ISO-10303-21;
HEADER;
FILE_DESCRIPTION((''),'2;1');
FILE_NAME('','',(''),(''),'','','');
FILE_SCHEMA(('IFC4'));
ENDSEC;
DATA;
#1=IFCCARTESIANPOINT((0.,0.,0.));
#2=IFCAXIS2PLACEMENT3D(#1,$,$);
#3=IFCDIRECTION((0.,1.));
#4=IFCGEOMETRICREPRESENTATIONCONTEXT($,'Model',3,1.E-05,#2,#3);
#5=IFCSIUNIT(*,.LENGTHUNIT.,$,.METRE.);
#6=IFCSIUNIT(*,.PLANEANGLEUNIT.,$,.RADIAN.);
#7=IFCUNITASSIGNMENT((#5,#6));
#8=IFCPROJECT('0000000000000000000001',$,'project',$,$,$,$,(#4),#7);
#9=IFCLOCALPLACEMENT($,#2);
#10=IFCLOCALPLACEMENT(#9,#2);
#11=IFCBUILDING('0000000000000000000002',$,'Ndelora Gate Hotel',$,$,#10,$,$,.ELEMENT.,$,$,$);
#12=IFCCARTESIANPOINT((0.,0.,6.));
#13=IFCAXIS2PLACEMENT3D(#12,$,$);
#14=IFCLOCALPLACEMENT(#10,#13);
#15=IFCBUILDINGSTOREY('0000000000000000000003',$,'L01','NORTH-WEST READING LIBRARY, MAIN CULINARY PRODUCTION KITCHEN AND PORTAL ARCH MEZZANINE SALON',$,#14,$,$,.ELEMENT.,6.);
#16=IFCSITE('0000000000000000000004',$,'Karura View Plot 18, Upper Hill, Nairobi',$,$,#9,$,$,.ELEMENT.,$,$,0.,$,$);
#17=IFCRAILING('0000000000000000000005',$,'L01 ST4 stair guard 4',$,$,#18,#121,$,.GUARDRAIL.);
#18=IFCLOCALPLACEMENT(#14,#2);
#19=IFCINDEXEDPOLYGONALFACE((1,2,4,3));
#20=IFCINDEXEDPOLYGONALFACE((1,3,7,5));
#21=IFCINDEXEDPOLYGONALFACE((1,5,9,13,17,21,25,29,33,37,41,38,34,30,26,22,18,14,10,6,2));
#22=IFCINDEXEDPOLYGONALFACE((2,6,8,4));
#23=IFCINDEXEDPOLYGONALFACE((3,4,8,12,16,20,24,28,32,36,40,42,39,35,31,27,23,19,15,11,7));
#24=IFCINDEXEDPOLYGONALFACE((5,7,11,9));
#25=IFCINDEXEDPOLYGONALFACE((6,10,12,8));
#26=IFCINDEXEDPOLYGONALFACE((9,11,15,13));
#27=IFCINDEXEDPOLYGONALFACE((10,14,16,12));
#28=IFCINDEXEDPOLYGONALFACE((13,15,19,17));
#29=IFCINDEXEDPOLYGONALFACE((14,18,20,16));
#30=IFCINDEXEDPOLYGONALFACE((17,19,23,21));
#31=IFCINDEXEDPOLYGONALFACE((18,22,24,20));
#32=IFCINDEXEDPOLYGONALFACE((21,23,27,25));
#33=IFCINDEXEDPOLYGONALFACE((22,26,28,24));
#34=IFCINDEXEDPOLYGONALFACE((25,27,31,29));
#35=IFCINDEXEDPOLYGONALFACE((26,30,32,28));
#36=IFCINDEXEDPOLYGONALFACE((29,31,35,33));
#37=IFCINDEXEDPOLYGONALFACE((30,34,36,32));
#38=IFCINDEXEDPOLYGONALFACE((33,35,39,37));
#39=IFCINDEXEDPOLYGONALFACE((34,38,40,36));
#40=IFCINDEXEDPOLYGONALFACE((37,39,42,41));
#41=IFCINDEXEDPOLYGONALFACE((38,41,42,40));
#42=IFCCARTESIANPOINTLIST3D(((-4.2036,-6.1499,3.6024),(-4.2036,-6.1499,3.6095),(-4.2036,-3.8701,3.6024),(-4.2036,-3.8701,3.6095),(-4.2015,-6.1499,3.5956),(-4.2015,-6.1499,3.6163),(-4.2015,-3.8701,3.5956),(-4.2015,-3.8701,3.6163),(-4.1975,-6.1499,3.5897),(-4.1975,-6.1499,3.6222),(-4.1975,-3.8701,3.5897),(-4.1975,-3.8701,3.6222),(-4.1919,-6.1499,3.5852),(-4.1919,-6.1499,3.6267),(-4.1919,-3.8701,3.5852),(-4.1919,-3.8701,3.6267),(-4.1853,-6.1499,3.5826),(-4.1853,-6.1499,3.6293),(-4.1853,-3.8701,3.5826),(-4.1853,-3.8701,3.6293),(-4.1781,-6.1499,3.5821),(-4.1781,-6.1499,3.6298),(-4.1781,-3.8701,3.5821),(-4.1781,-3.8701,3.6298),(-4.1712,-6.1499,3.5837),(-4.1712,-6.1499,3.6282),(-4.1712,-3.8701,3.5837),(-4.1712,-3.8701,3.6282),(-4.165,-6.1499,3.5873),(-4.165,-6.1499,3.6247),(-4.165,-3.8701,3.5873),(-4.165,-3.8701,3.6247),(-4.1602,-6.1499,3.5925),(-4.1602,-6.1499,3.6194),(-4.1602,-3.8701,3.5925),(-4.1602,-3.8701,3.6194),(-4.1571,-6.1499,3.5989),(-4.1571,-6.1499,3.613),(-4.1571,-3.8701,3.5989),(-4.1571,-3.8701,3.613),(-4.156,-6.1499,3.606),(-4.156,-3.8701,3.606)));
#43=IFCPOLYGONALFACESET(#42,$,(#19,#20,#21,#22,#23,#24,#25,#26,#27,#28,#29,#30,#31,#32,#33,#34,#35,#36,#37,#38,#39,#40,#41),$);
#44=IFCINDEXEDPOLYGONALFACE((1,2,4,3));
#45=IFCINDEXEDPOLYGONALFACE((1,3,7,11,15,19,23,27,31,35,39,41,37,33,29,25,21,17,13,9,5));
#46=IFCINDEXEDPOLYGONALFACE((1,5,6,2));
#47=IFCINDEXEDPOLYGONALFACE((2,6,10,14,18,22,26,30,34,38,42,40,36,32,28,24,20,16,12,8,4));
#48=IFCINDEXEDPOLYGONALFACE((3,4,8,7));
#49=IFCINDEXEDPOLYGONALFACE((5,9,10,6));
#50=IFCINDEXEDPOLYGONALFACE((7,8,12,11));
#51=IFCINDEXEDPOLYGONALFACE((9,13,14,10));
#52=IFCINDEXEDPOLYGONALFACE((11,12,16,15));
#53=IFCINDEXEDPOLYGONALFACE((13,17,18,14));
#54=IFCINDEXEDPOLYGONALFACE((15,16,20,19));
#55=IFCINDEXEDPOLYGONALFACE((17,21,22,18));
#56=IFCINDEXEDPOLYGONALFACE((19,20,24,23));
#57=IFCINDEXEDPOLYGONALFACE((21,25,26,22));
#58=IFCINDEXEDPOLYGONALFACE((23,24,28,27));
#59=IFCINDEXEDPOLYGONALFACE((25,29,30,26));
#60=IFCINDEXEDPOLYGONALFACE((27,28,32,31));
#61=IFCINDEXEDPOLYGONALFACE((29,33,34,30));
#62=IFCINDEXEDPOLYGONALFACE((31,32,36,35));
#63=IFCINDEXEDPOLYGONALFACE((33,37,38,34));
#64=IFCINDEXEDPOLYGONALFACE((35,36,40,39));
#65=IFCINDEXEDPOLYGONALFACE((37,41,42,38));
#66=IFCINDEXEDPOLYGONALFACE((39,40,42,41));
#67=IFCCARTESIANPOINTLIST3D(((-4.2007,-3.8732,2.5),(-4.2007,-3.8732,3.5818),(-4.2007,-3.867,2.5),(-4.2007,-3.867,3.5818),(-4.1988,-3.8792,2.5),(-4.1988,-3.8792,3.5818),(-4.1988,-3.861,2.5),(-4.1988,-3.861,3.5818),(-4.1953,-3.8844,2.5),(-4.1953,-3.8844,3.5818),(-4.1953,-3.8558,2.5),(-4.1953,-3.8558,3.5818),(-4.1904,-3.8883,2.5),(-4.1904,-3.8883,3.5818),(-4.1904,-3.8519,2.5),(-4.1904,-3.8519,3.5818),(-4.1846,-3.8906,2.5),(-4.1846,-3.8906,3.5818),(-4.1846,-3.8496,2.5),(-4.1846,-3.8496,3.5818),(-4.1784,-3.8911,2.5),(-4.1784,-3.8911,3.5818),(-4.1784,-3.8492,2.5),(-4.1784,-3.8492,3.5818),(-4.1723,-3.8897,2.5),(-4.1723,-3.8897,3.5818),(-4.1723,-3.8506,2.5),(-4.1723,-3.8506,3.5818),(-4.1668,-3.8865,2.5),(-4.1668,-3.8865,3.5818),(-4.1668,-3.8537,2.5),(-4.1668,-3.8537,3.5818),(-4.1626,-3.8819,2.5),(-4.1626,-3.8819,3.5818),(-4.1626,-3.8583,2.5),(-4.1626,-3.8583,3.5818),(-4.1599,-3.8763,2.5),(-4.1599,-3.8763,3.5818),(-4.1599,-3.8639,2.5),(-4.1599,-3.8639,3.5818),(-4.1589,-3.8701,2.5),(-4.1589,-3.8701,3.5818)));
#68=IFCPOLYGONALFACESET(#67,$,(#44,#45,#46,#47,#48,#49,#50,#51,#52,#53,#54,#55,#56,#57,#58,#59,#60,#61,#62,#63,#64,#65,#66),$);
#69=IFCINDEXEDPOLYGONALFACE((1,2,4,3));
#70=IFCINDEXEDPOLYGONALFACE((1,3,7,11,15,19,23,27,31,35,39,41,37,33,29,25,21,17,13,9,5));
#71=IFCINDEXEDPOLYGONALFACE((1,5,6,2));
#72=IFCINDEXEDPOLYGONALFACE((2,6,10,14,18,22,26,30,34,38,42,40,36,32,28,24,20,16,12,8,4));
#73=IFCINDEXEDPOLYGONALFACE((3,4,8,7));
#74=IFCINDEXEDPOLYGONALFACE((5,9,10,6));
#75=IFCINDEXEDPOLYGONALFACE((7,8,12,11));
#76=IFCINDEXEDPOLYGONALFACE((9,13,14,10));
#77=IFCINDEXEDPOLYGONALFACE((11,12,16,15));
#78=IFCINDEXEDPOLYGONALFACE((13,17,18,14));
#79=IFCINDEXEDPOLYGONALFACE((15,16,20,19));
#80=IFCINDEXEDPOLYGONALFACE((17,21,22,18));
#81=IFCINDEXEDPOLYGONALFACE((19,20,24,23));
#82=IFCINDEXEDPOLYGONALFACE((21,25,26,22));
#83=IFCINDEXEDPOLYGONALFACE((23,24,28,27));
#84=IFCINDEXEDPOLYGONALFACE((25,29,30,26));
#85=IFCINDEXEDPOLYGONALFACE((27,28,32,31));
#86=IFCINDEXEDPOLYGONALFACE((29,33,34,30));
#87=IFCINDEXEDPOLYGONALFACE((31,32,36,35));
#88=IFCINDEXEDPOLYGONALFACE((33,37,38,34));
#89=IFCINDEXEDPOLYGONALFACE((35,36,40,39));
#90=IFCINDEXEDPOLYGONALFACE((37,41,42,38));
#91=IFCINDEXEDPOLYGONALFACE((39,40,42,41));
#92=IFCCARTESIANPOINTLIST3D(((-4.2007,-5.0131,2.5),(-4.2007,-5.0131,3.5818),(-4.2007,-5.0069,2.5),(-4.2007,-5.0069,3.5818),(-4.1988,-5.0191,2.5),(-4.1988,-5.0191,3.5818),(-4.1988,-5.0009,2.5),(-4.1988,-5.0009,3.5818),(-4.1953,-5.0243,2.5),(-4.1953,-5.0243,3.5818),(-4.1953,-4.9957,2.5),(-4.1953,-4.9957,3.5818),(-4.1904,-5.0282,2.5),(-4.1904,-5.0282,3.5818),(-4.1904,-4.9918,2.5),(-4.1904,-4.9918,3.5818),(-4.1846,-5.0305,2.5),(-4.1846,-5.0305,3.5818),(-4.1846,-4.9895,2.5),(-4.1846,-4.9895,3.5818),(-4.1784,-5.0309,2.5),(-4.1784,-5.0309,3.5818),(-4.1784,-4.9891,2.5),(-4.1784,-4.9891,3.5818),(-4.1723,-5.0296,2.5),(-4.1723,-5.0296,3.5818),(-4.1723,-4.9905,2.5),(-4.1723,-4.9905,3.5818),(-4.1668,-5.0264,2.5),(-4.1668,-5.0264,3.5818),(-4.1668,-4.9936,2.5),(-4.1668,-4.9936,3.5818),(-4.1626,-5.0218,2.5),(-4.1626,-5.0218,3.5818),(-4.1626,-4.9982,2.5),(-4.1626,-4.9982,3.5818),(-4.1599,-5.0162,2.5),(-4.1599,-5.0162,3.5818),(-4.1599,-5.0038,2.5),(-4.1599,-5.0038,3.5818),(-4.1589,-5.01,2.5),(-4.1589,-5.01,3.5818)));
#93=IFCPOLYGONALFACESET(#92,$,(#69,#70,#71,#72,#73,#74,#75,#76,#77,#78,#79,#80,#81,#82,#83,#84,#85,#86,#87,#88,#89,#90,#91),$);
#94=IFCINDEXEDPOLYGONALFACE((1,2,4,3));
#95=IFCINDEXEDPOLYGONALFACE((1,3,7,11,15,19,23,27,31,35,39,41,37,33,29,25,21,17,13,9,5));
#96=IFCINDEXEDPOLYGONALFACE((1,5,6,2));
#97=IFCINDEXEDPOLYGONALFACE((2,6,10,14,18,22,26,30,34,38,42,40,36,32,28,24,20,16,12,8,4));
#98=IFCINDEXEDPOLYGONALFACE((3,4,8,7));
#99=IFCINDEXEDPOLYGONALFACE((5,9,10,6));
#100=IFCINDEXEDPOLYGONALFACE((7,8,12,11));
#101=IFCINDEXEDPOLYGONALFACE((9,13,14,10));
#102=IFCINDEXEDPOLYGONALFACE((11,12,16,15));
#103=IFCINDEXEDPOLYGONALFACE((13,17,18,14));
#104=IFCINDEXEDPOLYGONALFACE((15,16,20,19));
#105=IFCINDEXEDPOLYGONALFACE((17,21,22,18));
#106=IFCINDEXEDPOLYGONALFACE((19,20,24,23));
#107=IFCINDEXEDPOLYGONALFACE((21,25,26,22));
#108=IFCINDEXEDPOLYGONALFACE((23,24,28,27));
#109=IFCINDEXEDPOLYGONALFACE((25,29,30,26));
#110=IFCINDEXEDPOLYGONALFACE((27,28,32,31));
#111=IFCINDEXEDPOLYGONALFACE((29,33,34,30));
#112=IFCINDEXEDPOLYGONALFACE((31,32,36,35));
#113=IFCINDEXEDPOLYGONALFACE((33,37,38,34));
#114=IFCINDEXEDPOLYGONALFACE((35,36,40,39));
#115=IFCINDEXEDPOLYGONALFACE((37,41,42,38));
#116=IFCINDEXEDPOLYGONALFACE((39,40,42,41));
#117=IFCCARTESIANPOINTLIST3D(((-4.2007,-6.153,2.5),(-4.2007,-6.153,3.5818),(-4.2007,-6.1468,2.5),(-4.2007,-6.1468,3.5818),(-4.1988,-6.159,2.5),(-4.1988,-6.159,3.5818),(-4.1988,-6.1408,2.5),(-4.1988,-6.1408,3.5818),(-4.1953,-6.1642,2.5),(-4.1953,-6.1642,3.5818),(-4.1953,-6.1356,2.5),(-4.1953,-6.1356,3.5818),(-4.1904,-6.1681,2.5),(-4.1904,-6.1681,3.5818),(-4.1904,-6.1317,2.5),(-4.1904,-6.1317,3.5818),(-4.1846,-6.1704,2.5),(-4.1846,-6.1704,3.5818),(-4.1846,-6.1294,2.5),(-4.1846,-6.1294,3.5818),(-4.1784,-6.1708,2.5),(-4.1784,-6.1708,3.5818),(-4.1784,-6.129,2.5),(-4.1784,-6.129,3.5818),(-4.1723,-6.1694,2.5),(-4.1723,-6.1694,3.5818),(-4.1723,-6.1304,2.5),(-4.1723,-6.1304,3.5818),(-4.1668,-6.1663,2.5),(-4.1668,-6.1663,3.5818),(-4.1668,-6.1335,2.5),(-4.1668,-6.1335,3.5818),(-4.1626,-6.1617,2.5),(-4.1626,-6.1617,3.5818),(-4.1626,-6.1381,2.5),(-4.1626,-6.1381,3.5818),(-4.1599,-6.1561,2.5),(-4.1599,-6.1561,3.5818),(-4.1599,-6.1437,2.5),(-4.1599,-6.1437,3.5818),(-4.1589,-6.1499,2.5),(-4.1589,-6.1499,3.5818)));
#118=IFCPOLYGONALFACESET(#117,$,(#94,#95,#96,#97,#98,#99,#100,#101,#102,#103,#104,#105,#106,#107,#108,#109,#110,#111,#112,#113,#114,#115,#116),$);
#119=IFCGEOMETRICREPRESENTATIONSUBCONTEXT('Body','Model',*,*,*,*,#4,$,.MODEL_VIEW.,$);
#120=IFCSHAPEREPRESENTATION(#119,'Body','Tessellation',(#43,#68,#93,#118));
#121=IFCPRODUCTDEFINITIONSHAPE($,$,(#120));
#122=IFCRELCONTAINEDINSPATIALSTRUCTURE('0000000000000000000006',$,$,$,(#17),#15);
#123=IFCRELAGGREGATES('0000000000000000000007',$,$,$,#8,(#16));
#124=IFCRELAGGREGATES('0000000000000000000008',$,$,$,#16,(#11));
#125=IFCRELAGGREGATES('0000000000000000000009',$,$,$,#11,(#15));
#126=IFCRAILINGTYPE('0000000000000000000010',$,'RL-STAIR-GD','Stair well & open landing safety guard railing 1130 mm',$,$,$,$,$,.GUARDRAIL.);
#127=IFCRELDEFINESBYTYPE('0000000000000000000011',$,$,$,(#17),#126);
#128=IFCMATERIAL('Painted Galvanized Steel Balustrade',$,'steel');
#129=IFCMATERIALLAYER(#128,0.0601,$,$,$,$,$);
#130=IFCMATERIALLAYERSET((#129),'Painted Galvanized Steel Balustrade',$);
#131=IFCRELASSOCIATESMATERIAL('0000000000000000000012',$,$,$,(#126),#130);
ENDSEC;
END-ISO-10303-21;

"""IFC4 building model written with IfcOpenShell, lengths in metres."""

from ifc_helpers import new_model, si_unit, direction, frame, origin, origin_2d, place, context, subcontext, project, spatial, circle, extrude, material, layer, layer_set, type_object, element, save


model = new_model("IFC4")

# Units and contexts
model_context = context("Model", 3, precision=1e-05, world=origin(), true_north=direction((0.0, 1.0)))
body_context = subcontext(model_context, "Body", "Model", "MODEL_VIEW")
ifc_project = project(units=[si_unit("LENGTHUNIT", "METRE"), si_unit("PLANEANGLEUNIT", "RADIAN")], contexts=[model_context])

# Site, building, storey
site_placement = place(None, origin())
site = spatial("IfcSite", under=ifc_project, at=site_placement, Name="Karura View Plot 18, Upper Hill, Nairobi", CompositionType="ELEMENT", RefElevation=0.0)
building_placement = place(site_placement, origin())
building = spatial("IfcBuilding", under=site, at=building_placement, Name="Ndelora Gate Hotel", CompositionType="ELEMENT")
storey_placement = place(building_placement, frame((0.0, 0.0, 6.0)))
storey = spatial("IfcBuildingStorey", under=building, at=storey_placement, Name="L01", Description="NORTH-WEST READING LIBRARY, MAIN CULINARY PRODUCTION KITCHEN AND PORTAL ARCH MEZZANINE SALON", CompositionType="ELEMENT", Elevation=6.0)

# Railing
ifc_material_1 = material(Name="Painted Galvanized Steel Balustrade", Category="steel")
ifc_layer_1 = layer(ifc_material_1, 0.0601)
ifc_layer_set_1 = layer_set([ifc_layer_1], Name="Painted Galvanized Steel Balustrade")
railing_type_1 = type_object("IfcRailingType", Name="RL-STAIR-GD", Description="Stair well & open landing safety guard railing 1130 mm", PredefinedType="GUARDRAIL", material=ifc_layer_set_1)
for number, where, name in (
    (1, (-4.1799, -3.8701, 2.5), "L01 ST4 stair guard 4"),
):
    element("IfcRailing", number, at=place(storey_placement, frame(where)), inside=storey, type_object=railing_type_1, Name=name, PredefinedType="GUARDRAIL", context=body_context, shape_type="SweptSolid", body=[
        extrude(circle(Radius=0.0239, at=origin_2d()), frame((0.0, 0.0, 1.106), z_axis=(0.0, -1.0, 0.0), x_axis=(1.0, 0.0, 0.0)), (0.0, 0.0, 1.0), 2.2798),
        extrude(circle(Radius=0.021, at=origin_2d()), origin(), (0.0, 0.0, 1.0), 1.0818),
        extrude(circle(Radius=0.021, at=origin_2d()), frame((0.0, -1.1399, 0.0)), (0.0, 0.0, 1.0), 1.0818),
        extrude(circle(Radius=0.021, at=origin_2d()), frame((0.0, -2.2798, 0.0)), (0.0, 0.0, 1.0), 1.0818),
    ])

save(model, "model.ifc")
